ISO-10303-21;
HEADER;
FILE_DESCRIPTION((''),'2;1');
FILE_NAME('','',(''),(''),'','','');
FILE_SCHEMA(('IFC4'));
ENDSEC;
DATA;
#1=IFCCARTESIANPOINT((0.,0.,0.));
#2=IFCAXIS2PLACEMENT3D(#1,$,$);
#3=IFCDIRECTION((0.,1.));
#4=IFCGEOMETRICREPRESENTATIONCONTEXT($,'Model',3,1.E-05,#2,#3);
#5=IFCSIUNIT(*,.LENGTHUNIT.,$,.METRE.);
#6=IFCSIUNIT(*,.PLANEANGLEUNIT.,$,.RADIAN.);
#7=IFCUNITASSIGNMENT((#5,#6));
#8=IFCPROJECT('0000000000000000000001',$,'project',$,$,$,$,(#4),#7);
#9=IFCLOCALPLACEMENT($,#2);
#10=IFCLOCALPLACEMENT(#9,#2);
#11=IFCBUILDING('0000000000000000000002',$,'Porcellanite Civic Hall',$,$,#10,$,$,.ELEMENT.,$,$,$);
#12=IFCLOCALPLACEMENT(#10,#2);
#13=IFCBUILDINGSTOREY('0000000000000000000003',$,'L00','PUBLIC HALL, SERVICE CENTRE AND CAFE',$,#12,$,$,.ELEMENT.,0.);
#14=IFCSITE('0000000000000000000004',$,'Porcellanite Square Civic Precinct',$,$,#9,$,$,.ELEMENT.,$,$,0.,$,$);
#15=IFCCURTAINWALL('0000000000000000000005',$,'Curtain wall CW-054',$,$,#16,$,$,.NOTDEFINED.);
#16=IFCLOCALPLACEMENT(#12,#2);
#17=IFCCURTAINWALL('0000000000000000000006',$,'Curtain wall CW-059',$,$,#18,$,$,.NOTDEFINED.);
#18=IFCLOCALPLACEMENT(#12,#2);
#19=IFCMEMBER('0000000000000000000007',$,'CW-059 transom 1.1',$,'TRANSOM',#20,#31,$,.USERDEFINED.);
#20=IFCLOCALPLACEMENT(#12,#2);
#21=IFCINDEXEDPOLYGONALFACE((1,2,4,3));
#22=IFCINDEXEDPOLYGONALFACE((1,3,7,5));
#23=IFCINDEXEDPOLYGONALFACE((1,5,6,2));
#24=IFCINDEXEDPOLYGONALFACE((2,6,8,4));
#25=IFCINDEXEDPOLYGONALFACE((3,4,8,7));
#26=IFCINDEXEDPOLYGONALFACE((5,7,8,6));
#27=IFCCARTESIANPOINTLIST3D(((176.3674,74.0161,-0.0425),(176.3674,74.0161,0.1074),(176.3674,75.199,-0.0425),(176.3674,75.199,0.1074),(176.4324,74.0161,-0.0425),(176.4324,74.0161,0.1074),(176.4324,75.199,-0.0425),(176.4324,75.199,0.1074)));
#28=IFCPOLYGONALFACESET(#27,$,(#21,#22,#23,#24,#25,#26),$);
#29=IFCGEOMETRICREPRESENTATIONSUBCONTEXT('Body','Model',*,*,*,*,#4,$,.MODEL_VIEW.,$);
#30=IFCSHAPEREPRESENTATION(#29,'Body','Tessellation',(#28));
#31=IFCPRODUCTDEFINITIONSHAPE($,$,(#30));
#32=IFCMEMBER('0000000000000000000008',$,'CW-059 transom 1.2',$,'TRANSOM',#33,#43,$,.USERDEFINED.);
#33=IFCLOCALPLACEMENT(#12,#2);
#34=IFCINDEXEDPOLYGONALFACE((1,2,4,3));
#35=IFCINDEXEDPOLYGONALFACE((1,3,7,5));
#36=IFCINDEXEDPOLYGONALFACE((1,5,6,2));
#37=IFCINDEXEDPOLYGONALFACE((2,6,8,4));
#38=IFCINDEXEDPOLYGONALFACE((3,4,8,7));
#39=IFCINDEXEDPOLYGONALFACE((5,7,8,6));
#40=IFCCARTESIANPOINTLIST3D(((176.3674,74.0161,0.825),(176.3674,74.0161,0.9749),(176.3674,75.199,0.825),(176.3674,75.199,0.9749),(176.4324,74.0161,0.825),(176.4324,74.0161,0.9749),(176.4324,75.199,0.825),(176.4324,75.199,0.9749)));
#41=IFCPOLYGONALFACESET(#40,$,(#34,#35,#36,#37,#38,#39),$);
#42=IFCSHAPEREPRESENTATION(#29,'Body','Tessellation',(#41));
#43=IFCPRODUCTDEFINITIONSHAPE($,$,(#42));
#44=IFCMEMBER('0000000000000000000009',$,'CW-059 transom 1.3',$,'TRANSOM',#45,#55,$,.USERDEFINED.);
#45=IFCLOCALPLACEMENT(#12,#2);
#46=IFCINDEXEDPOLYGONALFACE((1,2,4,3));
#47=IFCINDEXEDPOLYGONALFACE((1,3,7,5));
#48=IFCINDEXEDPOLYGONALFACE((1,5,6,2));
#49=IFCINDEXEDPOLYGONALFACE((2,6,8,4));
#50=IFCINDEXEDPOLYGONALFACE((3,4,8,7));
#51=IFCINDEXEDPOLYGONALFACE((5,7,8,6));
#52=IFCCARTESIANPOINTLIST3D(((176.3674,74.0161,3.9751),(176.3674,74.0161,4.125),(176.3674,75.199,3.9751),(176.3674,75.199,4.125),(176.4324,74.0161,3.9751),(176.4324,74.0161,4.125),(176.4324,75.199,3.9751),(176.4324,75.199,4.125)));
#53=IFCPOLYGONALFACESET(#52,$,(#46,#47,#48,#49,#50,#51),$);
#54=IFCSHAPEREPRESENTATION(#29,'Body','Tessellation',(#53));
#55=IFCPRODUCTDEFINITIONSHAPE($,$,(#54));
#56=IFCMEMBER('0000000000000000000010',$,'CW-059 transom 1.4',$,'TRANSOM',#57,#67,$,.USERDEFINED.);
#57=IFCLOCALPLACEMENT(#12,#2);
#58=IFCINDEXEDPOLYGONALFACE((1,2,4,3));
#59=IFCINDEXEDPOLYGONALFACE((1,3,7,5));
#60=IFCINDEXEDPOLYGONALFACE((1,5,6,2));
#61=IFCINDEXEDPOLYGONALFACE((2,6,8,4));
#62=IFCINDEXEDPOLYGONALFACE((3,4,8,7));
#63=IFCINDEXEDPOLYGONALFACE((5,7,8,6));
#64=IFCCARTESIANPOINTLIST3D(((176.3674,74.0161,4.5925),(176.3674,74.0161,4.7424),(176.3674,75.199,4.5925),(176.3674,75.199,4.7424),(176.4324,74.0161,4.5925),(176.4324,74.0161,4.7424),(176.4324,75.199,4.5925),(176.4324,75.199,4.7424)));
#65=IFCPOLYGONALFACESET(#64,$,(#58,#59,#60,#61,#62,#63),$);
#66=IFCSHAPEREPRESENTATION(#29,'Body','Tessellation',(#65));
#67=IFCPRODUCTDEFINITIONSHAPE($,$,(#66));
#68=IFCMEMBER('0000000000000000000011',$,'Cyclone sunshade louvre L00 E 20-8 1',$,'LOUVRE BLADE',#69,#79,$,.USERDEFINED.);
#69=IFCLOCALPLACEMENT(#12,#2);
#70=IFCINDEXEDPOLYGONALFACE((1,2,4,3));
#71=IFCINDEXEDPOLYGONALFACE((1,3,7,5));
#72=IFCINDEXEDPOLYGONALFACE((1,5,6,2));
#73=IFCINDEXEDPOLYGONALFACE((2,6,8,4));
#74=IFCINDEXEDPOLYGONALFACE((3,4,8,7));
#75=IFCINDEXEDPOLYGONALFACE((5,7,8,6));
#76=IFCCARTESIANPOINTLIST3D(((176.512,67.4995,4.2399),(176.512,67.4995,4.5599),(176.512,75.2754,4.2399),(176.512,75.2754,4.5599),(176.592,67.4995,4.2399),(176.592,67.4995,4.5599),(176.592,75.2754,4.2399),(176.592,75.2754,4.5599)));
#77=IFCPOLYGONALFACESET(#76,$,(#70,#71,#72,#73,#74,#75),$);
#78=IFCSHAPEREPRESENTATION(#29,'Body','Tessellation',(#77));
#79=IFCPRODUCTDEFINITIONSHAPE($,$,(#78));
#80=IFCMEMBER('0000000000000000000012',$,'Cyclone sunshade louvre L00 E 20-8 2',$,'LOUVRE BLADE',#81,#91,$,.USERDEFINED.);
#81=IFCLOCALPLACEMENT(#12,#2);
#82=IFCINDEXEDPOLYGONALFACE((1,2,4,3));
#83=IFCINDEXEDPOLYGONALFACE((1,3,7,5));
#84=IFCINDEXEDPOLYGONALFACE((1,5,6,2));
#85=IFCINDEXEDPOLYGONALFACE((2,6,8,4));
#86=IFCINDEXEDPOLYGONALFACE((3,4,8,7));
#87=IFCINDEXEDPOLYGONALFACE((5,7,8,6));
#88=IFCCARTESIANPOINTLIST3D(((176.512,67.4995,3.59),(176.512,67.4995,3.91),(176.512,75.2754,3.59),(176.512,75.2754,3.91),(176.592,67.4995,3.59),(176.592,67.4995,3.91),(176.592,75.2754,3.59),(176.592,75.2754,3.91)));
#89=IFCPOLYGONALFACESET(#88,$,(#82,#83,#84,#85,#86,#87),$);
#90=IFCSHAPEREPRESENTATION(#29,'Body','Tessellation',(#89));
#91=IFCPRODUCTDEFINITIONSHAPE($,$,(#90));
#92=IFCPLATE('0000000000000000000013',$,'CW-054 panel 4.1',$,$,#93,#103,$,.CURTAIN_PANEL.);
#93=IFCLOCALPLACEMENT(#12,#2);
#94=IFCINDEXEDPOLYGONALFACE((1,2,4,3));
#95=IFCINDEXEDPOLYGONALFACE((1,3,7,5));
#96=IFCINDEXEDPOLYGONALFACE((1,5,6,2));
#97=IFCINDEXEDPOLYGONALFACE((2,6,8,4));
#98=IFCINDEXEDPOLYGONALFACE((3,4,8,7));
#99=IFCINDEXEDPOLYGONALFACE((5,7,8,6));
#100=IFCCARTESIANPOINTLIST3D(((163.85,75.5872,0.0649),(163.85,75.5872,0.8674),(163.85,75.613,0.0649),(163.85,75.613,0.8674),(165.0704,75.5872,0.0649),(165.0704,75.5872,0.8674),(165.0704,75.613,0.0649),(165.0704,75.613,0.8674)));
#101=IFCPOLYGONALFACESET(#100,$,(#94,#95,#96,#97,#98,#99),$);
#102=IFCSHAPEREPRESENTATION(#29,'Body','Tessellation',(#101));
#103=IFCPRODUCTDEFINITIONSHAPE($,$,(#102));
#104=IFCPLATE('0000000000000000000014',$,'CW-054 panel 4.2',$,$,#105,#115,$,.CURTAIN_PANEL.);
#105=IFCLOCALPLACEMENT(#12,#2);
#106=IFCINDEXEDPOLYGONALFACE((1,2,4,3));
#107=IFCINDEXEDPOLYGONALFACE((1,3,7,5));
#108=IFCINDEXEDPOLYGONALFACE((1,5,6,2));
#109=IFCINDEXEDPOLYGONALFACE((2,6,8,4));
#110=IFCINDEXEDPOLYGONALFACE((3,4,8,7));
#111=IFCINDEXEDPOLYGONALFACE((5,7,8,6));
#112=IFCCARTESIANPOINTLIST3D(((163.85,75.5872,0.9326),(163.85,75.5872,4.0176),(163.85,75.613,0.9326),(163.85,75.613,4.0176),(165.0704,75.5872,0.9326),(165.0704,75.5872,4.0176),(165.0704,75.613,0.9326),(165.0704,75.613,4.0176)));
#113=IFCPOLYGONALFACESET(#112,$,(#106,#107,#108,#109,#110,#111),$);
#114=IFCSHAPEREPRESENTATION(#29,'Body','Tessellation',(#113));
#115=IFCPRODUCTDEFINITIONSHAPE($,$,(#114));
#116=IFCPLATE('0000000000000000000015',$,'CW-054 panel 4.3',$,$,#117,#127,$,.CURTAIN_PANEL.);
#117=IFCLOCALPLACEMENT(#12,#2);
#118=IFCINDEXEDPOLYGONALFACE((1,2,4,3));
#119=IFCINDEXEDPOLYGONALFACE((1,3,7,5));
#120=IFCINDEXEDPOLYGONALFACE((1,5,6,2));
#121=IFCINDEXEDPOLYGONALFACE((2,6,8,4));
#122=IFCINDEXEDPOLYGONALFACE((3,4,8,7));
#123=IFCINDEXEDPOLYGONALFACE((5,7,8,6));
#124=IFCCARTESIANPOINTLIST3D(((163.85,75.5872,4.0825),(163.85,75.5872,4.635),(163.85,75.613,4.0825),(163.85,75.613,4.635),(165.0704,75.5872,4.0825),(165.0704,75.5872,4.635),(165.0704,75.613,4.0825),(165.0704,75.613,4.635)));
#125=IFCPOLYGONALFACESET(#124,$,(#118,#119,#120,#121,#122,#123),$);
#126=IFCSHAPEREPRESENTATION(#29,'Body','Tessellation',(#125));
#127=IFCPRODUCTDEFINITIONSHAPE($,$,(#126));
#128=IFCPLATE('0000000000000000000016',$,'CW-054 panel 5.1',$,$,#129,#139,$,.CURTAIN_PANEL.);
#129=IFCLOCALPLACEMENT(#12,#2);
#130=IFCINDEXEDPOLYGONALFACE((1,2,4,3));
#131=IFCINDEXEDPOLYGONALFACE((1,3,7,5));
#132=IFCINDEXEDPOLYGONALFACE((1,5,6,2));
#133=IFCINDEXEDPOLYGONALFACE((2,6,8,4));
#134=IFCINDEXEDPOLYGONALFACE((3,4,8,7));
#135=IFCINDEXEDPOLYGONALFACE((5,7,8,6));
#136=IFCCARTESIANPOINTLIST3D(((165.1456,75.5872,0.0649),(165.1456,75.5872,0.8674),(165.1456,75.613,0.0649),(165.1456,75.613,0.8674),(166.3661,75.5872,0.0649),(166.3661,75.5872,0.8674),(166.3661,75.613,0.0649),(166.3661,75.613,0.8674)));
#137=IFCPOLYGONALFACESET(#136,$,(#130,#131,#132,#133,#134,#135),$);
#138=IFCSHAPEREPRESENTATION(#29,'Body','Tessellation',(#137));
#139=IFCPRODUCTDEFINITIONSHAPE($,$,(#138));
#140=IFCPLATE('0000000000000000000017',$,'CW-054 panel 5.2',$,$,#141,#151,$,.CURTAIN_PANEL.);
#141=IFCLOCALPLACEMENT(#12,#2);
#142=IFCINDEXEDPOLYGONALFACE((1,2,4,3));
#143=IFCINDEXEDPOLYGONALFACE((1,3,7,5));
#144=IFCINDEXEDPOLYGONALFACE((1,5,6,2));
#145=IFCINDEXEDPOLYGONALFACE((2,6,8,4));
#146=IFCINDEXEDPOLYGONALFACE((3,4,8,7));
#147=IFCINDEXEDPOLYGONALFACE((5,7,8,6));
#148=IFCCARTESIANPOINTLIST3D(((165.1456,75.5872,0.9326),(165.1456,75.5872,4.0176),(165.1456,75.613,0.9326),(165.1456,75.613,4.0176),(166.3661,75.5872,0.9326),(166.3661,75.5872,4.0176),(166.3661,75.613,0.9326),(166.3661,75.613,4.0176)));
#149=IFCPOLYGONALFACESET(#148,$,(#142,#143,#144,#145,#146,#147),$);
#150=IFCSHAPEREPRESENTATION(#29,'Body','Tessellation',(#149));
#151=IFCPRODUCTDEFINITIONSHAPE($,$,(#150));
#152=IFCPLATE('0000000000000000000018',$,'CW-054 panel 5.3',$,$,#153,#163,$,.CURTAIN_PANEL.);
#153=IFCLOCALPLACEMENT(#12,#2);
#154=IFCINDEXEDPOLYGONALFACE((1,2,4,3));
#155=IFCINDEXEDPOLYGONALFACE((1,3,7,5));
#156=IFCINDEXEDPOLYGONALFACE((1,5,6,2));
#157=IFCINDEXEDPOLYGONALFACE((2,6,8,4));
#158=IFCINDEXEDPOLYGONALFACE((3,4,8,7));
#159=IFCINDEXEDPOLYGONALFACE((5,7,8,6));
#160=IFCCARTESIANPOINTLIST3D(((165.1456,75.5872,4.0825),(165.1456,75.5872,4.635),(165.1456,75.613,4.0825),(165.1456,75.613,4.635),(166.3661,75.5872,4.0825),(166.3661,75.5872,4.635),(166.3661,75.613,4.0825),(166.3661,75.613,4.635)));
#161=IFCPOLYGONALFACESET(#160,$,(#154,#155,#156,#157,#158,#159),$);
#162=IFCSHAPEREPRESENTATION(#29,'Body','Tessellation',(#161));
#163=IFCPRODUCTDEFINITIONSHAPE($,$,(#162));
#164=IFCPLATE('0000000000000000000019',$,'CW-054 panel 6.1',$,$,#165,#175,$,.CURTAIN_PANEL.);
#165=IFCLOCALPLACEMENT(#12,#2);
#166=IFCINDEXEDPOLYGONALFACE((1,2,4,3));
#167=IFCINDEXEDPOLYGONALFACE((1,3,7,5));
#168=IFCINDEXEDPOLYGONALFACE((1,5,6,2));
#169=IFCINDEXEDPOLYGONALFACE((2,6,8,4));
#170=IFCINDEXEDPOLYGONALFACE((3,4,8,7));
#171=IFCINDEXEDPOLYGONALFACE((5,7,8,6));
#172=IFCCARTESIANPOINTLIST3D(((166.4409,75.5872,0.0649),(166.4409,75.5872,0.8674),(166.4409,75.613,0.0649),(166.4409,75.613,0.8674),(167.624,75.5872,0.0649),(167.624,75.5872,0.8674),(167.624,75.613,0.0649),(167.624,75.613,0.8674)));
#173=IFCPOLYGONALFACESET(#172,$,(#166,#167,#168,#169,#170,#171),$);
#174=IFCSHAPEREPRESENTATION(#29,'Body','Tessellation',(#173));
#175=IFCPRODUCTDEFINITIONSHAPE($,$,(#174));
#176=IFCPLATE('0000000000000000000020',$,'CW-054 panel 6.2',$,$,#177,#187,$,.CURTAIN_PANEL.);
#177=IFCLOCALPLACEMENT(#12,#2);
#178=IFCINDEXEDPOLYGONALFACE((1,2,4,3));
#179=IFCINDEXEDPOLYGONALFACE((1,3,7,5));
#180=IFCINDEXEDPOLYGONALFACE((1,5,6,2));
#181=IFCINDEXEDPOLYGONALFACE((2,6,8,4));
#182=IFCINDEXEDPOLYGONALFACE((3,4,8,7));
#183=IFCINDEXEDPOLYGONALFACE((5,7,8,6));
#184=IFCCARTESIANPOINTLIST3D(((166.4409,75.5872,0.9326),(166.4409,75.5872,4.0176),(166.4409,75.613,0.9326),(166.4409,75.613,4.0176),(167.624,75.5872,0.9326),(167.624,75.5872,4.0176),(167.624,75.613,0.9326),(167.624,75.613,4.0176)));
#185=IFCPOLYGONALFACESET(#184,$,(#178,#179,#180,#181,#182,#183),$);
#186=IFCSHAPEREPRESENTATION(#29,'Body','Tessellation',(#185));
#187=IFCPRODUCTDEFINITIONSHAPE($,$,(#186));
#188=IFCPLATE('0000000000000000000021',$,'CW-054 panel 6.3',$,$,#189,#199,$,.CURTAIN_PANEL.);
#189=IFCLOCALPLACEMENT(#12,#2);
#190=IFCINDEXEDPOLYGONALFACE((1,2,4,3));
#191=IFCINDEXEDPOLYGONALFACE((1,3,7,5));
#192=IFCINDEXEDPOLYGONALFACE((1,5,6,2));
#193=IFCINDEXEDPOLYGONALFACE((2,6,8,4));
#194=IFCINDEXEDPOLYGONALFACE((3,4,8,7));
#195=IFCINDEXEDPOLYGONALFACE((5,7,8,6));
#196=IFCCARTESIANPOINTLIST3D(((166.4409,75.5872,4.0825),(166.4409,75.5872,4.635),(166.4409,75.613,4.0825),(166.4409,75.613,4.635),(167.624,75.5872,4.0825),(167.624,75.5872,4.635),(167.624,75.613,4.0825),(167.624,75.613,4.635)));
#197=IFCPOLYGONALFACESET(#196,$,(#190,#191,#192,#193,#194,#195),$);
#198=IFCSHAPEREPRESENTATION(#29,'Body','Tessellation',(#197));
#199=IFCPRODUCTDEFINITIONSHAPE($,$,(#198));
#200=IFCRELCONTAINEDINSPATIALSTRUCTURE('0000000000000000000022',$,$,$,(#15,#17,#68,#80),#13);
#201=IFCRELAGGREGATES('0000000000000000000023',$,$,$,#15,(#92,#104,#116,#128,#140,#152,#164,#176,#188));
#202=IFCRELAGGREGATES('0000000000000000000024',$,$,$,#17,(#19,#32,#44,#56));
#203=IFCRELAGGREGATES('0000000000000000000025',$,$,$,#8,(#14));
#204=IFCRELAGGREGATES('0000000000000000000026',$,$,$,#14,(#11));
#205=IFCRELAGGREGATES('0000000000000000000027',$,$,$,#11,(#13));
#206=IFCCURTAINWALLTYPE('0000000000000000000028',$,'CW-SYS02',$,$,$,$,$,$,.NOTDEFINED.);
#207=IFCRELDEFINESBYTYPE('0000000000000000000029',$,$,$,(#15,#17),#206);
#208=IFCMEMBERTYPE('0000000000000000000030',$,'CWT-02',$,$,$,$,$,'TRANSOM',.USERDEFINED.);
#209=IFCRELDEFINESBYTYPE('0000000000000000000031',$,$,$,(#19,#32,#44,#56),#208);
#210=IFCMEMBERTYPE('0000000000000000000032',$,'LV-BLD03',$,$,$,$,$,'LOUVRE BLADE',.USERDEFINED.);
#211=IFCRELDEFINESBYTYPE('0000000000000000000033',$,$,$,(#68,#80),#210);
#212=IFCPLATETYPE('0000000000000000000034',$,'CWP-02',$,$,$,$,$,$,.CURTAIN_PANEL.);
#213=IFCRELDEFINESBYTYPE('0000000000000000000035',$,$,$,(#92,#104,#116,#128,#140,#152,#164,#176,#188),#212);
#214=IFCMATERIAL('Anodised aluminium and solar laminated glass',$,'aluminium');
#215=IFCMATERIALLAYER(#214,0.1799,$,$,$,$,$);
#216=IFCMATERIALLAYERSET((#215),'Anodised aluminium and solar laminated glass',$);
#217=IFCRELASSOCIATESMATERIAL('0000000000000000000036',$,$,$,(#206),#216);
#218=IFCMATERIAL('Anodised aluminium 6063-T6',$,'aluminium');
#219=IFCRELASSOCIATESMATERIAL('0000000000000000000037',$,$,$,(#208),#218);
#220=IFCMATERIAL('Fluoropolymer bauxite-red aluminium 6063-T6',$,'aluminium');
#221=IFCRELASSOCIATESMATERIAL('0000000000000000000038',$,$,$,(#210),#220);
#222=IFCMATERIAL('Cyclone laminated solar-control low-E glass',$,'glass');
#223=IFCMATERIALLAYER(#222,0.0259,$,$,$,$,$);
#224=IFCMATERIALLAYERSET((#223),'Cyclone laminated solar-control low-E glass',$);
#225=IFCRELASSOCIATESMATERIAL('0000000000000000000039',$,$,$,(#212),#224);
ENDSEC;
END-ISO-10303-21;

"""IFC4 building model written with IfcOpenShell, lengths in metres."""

from ifc_helpers import new_model, si_unit, direction, frame, origin, origin_2d, place, context, subcontext, project, spatial, rectangle, extrude, material, layer, layer_set, material_profile, profile_set, type_object, element, aggregate, save


model = new_model("IFC4")

# Units and contexts
model_context = context("Model", 3, precision=1e-05, world=origin(), true_north=direction((0.0, 1.0)))
body_context = subcontext(model_context, "Body", "Model", "MODEL_VIEW")
ifc_project = project(units=[si_unit("LENGTHUNIT", "METRE"), si_unit("PLANEANGLEUNIT", "RADIAN")], contexts=[model_context])

# Site, building, storey
site_placement = place(None, origin())
site = spatial("IfcSite", under=ifc_project, at=site_placement, Name="Porcellanite Square Civic Precinct", CompositionType="ELEMENT", RefElevation=0.0)
building_placement = place(site_placement, origin())
building = spatial("IfcBuilding", under=site, at=building_placement, Name="Porcellanite Civic Hall", CompositionType="ELEMENT")
storey_placement = place(building_placement, origin())
storey = spatial("IfcBuildingStorey", under=building, at=storey_placement, Name="L00", Description="PUBLIC HALL, SERVICE CENTRE AND CAFE", CompositionType="ELEMENT", Elevation=0.0)

# Curtain wall
ifc_material_1 = material(Name="Anodised aluminium and solar laminated glass", Category="aluminium")
ifc_layer_1 = layer(ifc_material_1, 0.1799)
ifc_layer_set_1 = layer_set([ifc_layer_1], Name="Anodised aluminium and solar laminated glass")
curtain_wall_type = type_object("IfcCurtainWallType", Name="CW-SYS02", PredefinedType="NOTDEFINED", material=ifc_layer_set_1)
curtain_wall_1_placement = place(storey_placement, origin())
curtain_wall_1 = element("IfcCurtainWall", 1, at=curtain_wall_1_placement, inside=storey, type_object=curtain_wall_type, Name="Curtain wall CW-054", PredefinedType="NOTDEFINED")

# Curtain wall
curtain_wall_2_placement = place(storey_placement, origin())
curtain_wall_2 = element("IfcCurtainWall", 2, at=curtain_wall_2_placement, inside=storey, type_object=curtain_wall_type, Name="Curtain wall CW-059", PredefinedType="NOTDEFINED")

# Members
ifc_material_2 = material(Name="Anodised aluminium 6063-T6", Category="aluminium")
ifc_material_profile_1 = material_profile(ifc_material_2, rectangle(XDim=0.0649, YDim=0.1499, at=origin_2d()), Name="AL-65x150")
ifc_profile_set_1 = profile_set([ifc_material_profile_1], Name="Anodised aluminium 6063-T6")
member_type_1 = type_object("IfcMemberType", Name="CWT-02", ElementType="TRANSOM", PredefinedType="USERDEFINED", material=ifc_profile_set_1)
member_1_placement = place(storey_placement, frame((176.3999, 75.199, 0.0325), z_axis=(0.0, -1.0, 0.0), x_axis=(1.0, 0.0, 0.0)))
member_1 = element("IfcMember", 3, at=member_1_placement, type_object=member_type_1, Name="CW-059 transom 1.1", ObjectType="TRANSOM", PredefinedType="USERDEFINED", context=body_context, shape_type="SweptSolid", body=[
    extrude(rectangle(XDim=0.0649, YDim=0.1499, at=origin_2d()), origin(), (0.0, 0.0, 1.0), 1.1829),
])
member_2_placement = place(storey_placement, frame((176.3999, 75.199, 0.8999), z_axis=(0.0, -1.0, 0.0), x_axis=(1.0, 0.0, 0.0)))
member_2 = element("IfcMember", 4, at=member_2_placement, type_object=member_type_1, Name="CW-059 transom 1.2", ObjectType="TRANSOM", PredefinedType="USERDEFINED", context=body_context, shape_type="SweptSolid", body=[
    extrude(rectangle(XDim=0.0649, YDim=0.1499, at=origin_2d()), origin(), (0.0, 0.0, 1.0), 1.1829),
])
member_3_placement = place(storey_placement, frame((176.3999, 75.199, 4.05), z_axis=(0.0, -1.0, 0.0), x_axis=(1.0, 0.0, 0.0)))
member_3 = element("IfcMember", 5, at=member_3_placement, type_object=member_type_1, Name="CW-059 transom 1.3", ObjectType="TRANSOM", PredefinedType="USERDEFINED", context=body_context, shape_type="SweptSolid", body=[
    extrude(rectangle(XDim=0.0649, YDim=0.1499, at=origin_2d()), origin(), (0.0, 0.0, 1.0), 1.1829),
])
member_4_placement = place(storey_placement, frame((176.3999, 75.199, 4.6675), z_axis=(0.0, -1.0, 0.0), x_axis=(1.0, 0.0, 0.0)))
member_4 = element("IfcMember", 6, at=member_4_placement, type_object=member_type_1, Name="CW-059 transom 1.4", ObjectType="TRANSOM", PredefinedType="USERDEFINED", context=body_context, shape_type="SweptSolid", body=[
    extrude(rectangle(XDim=0.0649, YDim=0.1499, at=origin_2d()), origin(), (0.0, 0.0, 1.0), 1.1829),
])

# Members
ifc_material_3 = material(Name="Fluoropolymer bauxite-red aluminium 6063-T6", Category="aluminium")
ifc_material_profile_2 = material_profile(ifc_material_3, rectangle(XDim=0.0801, YDim=0.3201, at=origin_2d()), Name="AL-80x320")
ifc_profile_set_2 = profile_set([ifc_material_profile_2], Name="Fluoropolymer bauxite-red aluminium 6063-T6")
member_type_2 = type_object("IfcMemberType", Name="LV-BLD03", ElementType="LOUVRE BLADE", PredefinedType="USERDEFINED", material=ifc_profile_set_2)
for number, where, z_axis, x_axis, name in (
    (7, (176.552, 75.2754, 4.3999), (0.0, -1.0, 0.0), (1.0, 0.0, 0.0), "Cyclone sunshade louvre L00 E 20-8 1"),
    (8, (176.552, 75.2754, 3.75), (0.0, -1.0, 0.0), (1.0, 0.0, 0.0), "Cyclone sunshade louvre L00 E 20-8 2"),
):
    element("IfcMember", number, at=place(storey_placement, frame(where, z_axis=z_axis, x_axis=x_axis)), inside=storey, type_object=member_type_2, Name=name, ObjectType="LOUVRE BLADE", PredefinedType="USERDEFINED", context=body_context, shape_type="SweptSolid", body=[
        extrude(rectangle(XDim=0.0801, YDim=0.3201, at=origin_2d()), origin(), (0.0, 0.0, 1.0), 7.7759),
    ])

# Plates
ifc_material_4 = material(Name="Cyclone laminated solar-control low-E glass", Category="glass")
ifc_layer_2 = layer(ifc_material_4, 0.0259)
ifc_layer_set_2 = layer_set([ifc_layer_2], Name="Cyclone laminated solar-control low-E glass")
plate_type = type_object("IfcPlateType", Name="CWP-02", PredefinedType="CURTAIN_PANEL", material=ifc_layer_set_2)
plate_1_placement = place(storey_placement, frame((164.4602, 75.6001, 0.0649), z_axis=(0.0, 0.0, 1.0), x_axis=(1.0, 0.0, 0.0)))
plate_1 = element("IfcPlate", 9, at=plate_1_placement, type_object=plate_type, Name="CW-054 panel 4.1", PredefinedType="CURTAIN_PANEL", context=body_context, shape_type="SweptSolid", body=[
    extrude(rectangle(XDim=1.2205, YDim=0.0259, at=origin_2d()), origin(), (0.0, 0.0, 1.0), 0.8025),
])
plate_2_placement = place(storey_placement, frame((164.4602, 75.6001, 0.9326), z_axis=(0.0, 0.0, 1.0), x_axis=(1.0, 0.0, 0.0)))
plate_2 = element("IfcPlate", 10, at=plate_2_placement, type_object=plate_type, Name="CW-054 panel 4.2", PredefinedType="CURTAIN_PANEL", context=body_context, shape_type="SweptSolid", body=[
    extrude(rectangle(XDim=1.2205, YDim=0.0259, at=origin_2d()), origin(), (0.0, 0.0, 1.0), 3.085),
])
plate_3_placement = place(storey_placement, frame((164.4602, 75.6001, 4.0825), z_axis=(0.0, 0.0, 1.0), x_axis=(1.0, 0.0, 0.0)))
plate_3 = element("IfcPlate", 11, at=plate_3_placement, type_object=plate_type, Name="CW-054 panel 4.3", PredefinedType="CURTAIN_PANEL", context=body_context, shape_type="SweptSolid", body=[
    extrude(rectangle(XDim=1.2205, YDim=0.0259, at=origin_2d()), origin(), (0.0, 0.0, 1.0), 0.5525),
])
plate_4_placement = place(storey_placement, frame((165.7559, 75.6001, 0.0649), z_axis=(0.0, 0.0, 1.0), x_axis=(1.0, 0.0, 0.0)))
plate_4 = element("IfcPlate", 12, at=plate_4_placement, type_object=plate_type, Name="CW-054 panel 5.1", PredefinedType="CURTAIN_PANEL", context=body_context, shape_type="SweptSolid", body=[
    extrude(rectangle(XDim=1.2205, YDim=0.0259, at=origin_2d()), origin(), (0.0, 0.0, 1.0), 0.8025),
])
plate_5_placement = place(storey_placement, frame((165.7559, 75.6001, 0.9326), z_axis=(0.0, 0.0, 1.0), x_axis=(1.0, 0.0, 0.0)))
plate_5 = element("IfcPlate", 13, at=plate_5_placement, type_object=plate_type, Name="CW-054 panel 5.2", PredefinedType="CURTAIN_PANEL", context=body_context, shape_type="SweptSolid", body=[
    extrude(rectangle(XDim=1.2205, YDim=0.0259, at=origin_2d()), origin(), (0.0, 0.0, 1.0), 3.085),
])
plate_6_placement = place(storey_placement, frame((165.7559, 75.6001, 4.0825), z_axis=(0.0, 0.0, 1.0), x_axis=(1.0, 0.0, 0.0)))
plate_6 = element("IfcPlate", 14, at=plate_6_placement, type_object=plate_type, Name="CW-054 panel 5.3", PredefinedType="CURTAIN_PANEL", context=body_context, shape_type="SweptSolid", body=[
    extrude(rectangle(XDim=1.2205, YDim=0.0259, at=origin_2d()), origin(), (0.0, 0.0, 1.0), 0.5525),
])
plate_7_placement = place(storey_placement, frame((167.0325, 75.6001, 0.0649), z_axis=(0.0, 0.0, 1.0), x_axis=(1.0, 0.0, 0.0)))
plate_7 = element("IfcPlate", 15, at=plate_7_placement, type_object=plate_type, Name="CW-054 panel 6.1", PredefinedType="CURTAIN_PANEL", context=body_context, shape_type="SweptSolid", body=[
    extrude(rectangle(XDim=1.1831, YDim=0.0259, at=origin_2d()), origin(), (0.0, 0.0, 1.0), 0.8025),
])
plate_8_placement = place(storey_placement, frame((167.0325, 75.6001, 0.9326), z_axis=(0.0, 0.0, 1.0), x_axis=(1.0, 0.0, 0.0)))
plate_8 = element("IfcPlate", 16, at=plate_8_placement, type_object=plate_type, Name="CW-054 panel 6.2", PredefinedType="CURTAIN_PANEL", context=body_context, shape_type="SweptSolid", body=[
    extrude(rectangle(XDim=1.1831, YDim=0.0259, at=origin_2d()), origin(), (0.0, 0.0, 1.0), 3.085),
])
plate_9_placement = place(storey_placement, frame((167.0325, 75.6001, 4.0825), z_axis=(0.0, 0.0, 1.0), x_axis=(1.0, 0.0, 0.0)))
plate_9 = element("IfcPlate", 17, at=plate_9_placement, type_object=plate_type, Name="CW-054 panel 6.3", PredefinedType="CURTAIN_PANEL", context=body_context, shape_type="SweptSolid", body=[
    extrude(rectangle(XDim=1.1831, YDim=0.0259, at=origin_2d()), origin(), (0.0, 0.0, 1.0), 0.5525),
])
aggregate(curtain_wall_1, [plate_1, plate_2, plate_3, plate_4, plate_5, plate_6, plate_7, plate_8, plate_9])
aggregate(curtain_wall_2, [member_1, member_2, member_3, member_4])

save(model, "model.ifc")
